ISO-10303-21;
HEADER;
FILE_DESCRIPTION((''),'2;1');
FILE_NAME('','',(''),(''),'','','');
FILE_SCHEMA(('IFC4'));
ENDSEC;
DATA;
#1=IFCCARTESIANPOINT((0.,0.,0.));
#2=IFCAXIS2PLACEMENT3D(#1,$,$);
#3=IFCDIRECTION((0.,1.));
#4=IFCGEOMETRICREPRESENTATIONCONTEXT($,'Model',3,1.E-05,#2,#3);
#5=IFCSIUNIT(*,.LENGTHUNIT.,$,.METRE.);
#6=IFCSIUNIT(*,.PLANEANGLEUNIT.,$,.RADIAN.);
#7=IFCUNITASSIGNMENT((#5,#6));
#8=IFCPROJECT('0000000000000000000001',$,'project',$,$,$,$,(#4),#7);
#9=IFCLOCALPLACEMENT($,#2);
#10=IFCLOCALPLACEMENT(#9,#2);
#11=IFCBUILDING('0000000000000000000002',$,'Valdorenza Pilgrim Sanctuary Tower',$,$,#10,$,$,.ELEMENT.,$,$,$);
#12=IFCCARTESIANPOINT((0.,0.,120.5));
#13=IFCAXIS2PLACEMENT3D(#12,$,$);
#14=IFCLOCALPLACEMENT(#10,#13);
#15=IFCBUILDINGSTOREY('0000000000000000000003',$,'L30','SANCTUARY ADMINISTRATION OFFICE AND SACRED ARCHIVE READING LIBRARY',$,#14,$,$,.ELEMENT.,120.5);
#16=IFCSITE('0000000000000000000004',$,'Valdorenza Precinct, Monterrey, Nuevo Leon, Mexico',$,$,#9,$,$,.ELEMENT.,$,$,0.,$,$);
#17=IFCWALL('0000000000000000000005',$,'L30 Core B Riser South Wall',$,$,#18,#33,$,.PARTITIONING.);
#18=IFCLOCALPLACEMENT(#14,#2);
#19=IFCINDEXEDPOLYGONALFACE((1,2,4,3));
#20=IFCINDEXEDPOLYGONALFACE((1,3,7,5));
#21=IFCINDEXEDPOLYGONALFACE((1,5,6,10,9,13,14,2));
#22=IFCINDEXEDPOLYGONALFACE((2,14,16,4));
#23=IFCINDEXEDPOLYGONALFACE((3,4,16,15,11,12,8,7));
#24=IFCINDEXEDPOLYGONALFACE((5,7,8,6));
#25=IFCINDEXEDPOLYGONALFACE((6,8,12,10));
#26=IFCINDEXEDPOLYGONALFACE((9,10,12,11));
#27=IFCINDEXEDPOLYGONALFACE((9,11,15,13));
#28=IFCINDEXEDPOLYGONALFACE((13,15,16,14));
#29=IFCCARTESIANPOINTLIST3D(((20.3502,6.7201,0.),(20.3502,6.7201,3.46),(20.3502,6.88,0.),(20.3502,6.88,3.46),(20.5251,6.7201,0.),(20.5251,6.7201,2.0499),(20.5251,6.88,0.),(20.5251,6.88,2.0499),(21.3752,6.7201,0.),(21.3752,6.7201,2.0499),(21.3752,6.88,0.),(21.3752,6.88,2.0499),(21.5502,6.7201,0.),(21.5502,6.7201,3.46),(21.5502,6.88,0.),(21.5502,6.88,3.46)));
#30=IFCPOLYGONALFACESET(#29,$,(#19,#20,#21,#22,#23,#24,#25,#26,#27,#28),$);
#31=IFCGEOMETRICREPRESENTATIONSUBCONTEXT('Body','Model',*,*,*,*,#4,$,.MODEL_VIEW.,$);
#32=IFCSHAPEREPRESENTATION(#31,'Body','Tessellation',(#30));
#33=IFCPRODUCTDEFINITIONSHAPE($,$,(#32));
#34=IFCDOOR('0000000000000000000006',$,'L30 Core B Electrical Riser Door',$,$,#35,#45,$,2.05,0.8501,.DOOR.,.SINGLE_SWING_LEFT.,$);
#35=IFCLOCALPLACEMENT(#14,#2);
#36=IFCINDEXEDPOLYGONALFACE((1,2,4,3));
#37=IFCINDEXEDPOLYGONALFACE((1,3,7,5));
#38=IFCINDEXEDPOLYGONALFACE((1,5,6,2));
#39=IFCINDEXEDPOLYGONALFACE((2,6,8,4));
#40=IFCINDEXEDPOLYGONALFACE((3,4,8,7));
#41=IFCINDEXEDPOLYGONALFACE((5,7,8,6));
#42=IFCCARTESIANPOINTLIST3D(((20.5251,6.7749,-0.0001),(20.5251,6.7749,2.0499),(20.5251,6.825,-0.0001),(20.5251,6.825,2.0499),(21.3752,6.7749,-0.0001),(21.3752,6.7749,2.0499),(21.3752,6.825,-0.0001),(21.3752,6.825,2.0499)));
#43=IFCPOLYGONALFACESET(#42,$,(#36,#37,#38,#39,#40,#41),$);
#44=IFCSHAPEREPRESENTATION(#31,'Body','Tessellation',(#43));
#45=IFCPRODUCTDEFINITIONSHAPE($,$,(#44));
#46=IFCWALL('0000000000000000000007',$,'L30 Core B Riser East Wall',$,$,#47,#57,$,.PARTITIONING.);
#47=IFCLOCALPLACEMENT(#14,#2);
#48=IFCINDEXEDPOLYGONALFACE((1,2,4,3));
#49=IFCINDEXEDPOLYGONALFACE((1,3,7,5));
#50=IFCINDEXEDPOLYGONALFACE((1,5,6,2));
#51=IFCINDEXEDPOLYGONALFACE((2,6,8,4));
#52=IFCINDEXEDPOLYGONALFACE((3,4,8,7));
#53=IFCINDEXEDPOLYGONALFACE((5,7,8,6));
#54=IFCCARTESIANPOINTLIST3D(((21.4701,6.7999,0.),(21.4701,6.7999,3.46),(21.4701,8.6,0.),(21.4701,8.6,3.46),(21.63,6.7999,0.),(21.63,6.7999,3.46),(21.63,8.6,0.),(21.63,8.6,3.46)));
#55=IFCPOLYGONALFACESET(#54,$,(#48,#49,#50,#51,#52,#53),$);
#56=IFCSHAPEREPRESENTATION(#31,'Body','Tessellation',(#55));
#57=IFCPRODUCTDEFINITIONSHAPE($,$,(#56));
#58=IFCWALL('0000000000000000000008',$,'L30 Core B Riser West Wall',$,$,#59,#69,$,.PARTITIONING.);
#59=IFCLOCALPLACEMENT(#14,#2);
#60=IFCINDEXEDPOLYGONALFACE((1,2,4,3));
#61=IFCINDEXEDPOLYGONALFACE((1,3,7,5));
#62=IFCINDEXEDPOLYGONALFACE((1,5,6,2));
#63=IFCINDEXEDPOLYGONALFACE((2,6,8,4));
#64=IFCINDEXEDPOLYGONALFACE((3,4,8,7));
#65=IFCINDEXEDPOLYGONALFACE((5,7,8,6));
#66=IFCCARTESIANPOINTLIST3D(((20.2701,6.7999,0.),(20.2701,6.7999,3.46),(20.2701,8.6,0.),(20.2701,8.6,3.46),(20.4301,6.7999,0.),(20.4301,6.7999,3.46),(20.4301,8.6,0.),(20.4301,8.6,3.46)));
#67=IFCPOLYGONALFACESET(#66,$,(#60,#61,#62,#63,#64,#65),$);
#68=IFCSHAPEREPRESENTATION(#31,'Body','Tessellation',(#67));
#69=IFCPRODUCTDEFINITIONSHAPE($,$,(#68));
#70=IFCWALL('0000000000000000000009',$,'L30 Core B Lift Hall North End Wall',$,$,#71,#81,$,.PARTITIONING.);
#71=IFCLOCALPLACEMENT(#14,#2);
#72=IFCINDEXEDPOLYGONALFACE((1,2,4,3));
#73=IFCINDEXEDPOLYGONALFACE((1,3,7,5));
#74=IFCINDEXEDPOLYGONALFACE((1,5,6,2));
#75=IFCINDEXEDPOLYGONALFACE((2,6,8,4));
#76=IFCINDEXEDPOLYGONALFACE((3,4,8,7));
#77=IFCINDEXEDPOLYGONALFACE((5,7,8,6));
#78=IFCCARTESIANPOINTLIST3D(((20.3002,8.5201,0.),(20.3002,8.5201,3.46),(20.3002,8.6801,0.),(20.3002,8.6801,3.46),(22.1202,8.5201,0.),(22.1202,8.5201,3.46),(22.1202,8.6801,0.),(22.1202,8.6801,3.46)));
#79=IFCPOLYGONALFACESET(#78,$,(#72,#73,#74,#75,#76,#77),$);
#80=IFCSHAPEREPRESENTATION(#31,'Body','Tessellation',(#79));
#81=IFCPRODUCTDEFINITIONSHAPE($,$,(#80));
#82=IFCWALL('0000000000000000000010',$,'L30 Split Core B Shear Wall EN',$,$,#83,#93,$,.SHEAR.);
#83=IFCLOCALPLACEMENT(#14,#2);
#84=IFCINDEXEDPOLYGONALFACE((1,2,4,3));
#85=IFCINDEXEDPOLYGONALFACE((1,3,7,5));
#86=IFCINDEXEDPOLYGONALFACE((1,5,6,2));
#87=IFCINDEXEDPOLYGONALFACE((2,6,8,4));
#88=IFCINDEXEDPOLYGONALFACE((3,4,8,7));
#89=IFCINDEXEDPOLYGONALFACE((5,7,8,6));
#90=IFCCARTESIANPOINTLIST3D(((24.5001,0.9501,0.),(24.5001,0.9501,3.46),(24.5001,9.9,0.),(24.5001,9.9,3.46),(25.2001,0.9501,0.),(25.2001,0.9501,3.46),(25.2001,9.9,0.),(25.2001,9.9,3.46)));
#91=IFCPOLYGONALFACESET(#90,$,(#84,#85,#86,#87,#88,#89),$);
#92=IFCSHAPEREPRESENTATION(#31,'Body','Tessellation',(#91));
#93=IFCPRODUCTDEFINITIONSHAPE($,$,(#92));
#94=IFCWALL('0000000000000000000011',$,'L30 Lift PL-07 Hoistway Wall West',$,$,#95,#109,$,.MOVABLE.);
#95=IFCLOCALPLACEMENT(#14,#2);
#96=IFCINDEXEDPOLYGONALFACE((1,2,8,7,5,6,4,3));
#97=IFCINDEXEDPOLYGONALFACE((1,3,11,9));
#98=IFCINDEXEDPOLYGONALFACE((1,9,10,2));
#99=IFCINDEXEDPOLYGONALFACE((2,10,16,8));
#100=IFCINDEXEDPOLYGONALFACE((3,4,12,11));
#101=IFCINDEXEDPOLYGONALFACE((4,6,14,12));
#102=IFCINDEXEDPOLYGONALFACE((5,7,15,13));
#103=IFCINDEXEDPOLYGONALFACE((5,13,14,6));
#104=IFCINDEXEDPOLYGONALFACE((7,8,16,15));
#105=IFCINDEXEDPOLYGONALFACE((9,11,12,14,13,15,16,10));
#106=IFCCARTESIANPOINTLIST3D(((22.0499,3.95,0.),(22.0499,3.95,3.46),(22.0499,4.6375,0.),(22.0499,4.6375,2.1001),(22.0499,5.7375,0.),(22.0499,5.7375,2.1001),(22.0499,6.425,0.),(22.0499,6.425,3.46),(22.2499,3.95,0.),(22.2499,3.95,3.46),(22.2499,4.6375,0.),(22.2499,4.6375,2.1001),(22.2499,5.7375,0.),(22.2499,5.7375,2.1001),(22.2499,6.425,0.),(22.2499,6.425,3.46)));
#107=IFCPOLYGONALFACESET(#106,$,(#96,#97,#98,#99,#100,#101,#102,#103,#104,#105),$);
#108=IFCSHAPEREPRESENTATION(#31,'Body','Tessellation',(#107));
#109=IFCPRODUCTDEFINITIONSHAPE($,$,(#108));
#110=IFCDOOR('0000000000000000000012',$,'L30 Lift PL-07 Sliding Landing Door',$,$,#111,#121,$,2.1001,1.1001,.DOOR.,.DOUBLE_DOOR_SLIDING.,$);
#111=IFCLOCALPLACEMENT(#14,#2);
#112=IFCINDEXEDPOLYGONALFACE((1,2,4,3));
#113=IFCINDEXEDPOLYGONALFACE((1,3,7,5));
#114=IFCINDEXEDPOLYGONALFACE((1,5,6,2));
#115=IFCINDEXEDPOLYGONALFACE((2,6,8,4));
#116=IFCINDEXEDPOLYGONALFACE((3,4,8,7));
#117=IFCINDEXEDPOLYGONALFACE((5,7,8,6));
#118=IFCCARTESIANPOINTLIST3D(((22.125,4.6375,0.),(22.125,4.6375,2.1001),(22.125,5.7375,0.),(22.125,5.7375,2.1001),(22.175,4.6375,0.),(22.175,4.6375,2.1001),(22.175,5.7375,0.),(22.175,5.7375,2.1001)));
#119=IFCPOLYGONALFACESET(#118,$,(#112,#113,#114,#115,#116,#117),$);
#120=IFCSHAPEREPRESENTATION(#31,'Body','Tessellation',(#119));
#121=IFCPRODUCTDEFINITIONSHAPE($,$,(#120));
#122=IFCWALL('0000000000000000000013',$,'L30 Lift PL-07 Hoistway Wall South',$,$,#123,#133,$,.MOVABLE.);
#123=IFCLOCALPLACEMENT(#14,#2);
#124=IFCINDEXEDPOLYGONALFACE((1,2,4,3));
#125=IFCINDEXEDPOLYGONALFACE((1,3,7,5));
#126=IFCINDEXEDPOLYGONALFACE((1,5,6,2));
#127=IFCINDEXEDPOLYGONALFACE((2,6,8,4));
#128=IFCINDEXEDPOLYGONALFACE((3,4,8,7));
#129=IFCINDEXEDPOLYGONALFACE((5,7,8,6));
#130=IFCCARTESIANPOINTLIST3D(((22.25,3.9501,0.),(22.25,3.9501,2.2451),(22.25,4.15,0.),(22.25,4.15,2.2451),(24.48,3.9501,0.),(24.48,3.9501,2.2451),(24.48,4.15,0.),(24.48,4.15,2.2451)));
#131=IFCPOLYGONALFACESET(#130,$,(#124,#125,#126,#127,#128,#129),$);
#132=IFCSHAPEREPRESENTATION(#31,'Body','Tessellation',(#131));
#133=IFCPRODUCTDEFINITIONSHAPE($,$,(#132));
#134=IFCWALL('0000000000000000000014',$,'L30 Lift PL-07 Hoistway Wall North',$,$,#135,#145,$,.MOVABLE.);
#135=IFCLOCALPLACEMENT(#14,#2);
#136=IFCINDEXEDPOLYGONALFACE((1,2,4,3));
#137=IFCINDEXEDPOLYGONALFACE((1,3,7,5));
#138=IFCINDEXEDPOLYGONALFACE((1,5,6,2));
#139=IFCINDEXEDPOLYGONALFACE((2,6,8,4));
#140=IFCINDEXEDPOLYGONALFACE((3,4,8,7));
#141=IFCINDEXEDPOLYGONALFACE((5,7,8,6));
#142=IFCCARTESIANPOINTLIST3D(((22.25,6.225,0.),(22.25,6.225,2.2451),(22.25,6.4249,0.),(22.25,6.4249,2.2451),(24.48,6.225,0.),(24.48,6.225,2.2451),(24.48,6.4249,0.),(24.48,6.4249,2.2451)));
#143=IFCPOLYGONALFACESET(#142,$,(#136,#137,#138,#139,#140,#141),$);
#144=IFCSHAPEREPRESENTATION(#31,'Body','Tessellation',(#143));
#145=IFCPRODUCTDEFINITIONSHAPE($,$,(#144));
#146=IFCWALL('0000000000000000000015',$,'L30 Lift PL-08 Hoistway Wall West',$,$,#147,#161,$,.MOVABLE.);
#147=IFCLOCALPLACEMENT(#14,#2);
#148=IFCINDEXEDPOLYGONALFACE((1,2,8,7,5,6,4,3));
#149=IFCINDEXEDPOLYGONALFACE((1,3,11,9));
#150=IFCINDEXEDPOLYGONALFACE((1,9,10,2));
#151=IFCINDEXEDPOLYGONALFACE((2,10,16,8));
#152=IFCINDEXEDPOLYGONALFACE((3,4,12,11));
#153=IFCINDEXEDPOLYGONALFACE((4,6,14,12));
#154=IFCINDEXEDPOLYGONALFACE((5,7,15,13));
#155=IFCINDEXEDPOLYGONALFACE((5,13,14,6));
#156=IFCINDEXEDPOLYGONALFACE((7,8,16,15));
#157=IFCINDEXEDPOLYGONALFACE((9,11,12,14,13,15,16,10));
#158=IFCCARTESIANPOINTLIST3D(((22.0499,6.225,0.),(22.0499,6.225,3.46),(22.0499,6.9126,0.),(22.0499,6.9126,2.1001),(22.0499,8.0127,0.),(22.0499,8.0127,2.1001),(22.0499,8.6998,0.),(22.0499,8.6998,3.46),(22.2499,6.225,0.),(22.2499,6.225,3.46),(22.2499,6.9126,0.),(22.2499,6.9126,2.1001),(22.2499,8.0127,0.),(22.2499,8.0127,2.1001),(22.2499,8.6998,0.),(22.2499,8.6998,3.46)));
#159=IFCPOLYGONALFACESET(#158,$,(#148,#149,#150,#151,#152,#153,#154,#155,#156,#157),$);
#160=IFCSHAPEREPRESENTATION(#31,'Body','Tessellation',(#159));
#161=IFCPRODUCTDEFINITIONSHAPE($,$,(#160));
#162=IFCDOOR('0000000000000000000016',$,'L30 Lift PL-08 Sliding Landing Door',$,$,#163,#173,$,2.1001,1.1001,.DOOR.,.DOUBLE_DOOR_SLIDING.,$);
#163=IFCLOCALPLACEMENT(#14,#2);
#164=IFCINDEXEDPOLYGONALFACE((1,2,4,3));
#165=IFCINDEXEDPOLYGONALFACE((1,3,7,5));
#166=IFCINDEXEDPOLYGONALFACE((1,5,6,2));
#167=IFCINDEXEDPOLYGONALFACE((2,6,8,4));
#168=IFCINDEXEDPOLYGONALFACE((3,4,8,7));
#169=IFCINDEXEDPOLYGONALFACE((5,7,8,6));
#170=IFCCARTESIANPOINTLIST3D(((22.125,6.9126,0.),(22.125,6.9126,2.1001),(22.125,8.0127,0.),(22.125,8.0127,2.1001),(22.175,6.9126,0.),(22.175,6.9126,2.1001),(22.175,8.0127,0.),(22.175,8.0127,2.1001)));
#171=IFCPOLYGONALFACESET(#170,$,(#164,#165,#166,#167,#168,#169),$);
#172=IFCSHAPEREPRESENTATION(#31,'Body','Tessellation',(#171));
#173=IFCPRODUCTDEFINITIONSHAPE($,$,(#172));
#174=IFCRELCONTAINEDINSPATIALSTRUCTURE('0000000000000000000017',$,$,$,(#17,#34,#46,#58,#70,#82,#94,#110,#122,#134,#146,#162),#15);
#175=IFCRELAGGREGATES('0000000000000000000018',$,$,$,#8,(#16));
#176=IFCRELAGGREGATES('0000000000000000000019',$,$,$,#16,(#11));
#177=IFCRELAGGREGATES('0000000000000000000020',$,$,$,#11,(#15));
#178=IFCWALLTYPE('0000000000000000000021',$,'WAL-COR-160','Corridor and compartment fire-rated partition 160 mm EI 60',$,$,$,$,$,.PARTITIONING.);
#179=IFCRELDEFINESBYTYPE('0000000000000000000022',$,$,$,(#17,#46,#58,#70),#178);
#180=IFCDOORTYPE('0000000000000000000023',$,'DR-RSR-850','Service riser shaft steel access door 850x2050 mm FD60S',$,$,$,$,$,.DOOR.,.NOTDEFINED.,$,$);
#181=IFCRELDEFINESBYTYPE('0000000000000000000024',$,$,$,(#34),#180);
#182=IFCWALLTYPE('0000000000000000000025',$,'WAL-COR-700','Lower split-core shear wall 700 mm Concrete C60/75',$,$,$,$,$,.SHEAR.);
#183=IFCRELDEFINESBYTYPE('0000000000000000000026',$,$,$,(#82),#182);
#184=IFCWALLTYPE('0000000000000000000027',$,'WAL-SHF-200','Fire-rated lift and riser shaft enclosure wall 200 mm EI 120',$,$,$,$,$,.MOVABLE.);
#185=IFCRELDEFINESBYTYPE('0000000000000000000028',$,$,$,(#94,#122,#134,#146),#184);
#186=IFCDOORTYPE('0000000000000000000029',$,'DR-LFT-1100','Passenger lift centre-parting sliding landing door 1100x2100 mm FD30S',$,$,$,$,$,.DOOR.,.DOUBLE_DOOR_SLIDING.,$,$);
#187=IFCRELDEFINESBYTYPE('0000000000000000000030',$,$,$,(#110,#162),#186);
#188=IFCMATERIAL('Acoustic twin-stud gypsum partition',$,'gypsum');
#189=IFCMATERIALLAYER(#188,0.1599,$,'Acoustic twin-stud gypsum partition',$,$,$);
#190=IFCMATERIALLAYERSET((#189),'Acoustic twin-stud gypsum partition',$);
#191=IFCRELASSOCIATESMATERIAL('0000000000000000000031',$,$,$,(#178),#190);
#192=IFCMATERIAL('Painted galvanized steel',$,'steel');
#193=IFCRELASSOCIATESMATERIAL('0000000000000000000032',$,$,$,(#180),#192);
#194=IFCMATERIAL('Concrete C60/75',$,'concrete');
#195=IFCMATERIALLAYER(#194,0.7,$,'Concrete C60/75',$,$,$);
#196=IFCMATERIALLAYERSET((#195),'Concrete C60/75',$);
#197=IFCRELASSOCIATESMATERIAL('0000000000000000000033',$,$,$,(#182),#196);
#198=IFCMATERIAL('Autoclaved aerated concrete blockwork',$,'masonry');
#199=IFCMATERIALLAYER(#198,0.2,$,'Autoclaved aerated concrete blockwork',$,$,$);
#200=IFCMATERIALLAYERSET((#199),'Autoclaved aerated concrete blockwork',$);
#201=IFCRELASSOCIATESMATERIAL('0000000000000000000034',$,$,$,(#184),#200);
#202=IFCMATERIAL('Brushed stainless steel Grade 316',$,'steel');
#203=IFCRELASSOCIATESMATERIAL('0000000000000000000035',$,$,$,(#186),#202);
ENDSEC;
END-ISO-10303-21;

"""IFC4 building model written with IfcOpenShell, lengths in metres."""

from ifc_helpers import new_model, si_unit, direction, frame, frame_2d, origin, place, context, subcontext, project, spatial, rectangle, extrude, material, layer, layer_set, type_object, element, fill, save


model = new_model("IFC4")

# Units and contexts
model_context = context("Model", 3, precision=1e-05, world=origin(), true_north=direction((0.0, 1.0)))
body_context = subcontext(model_context, "Body", "Model", "MODEL_VIEW")
ifc_project = project(units=[si_unit("LENGTHUNIT", "METRE"), si_unit("PLANEANGLEUNIT", "RADIAN")], contexts=[model_context])

# Site, building, storey
site_placement = place(None, origin())
site = spatial("IfcSite", under=ifc_project, at=site_placement, Name="Valdorenza Precinct, Monterrey, Nuevo Leon, Mexico", CompositionType="ELEMENT", RefElevation=0.0)
building_placement = place(site_placement, origin())
building = spatial("IfcBuilding", under=site, at=building_placement, Name="Valdorenza Pilgrim Sanctuary Tower", CompositionType="ELEMENT")
storey_placement = place(building_placement, frame((0.0, 0.0, 120.5)))
storey = spatial("IfcBuildingStorey", under=building, at=storey_placement, Name="L30", Description="SANCTUARY ADMINISTRATION OFFICE AND SACRED ARCHIVE READING LIBRARY", CompositionType="ELEMENT", Elevation=120.5)

# Wall, opening, door
ifc_material_1 = material(Name="Acoustic twin-stud gypsum partition", Category="gypsum")
ifc_layer_1 = layer(ifc_material_1, 0.1599, Name="Acoustic twin-stud gypsum partition")
ifc_layer_set_1 = layer_set([ifc_layer_1], Name="Acoustic twin-stud gypsum partition")
wall_type_1 = type_object("IfcWallType", Name="WAL-COR-160", Description="Corridor and compartment fire-rated partition 160 mm EI 60", PredefinedType="PARTITIONING", material=ifc_layer_set_1)
wall_1_placement = place(storey_placement, frame((20.3501, 6.8, 0.0), z_axis=(0.0, 0.0, 1.0), x_axis=(1.0, 0.0, 0.0)))
wall_1 = element("IfcWall", 1, at=wall_1_placement, inside=storey, type_object=wall_type_1, Name="L30 Core B Riser South Wall", PredefinedType="PARTITIONING", context=body_context, shape_type="SweptSolid", body=[
    extrude(rectangle(XDim=1.2, YDim=0.1599, at=frame_2d((0.6001, 0.0))), origin(), (0.0, 0.0, 1.0), 3.46),
])
opening_1_placement = place(wall_1_placement, frame((0.175, 0.0, 0.0)))
opening_1 = element("IfcOpeningElement", 2, at=opening_1_placement, cuts=wall_1, PredefinedType="OPENING", context=body_context, shape_type="SweptSolid", body=[
    extrude(rectangle(XDim=0.8501, YDim=2.05, at=frame_2d((0.425, 1.0249))), frame((0.0, 0.0947, 0.0), z_axis=(0.0, -1.0, 0.0), x_axis=(1.0, 0.0, 0.0)), (0.0, 0.0, 1.0), 0.1897),
])
ifc_material_2 = material(Name="Painted galvanized steel", Category="steel")
door_type_1 = type_object("IfcDoorType", Name="DR-RSR-850", Description="Service riser shaft steel access door 850x2050 mm FD60S", OperationType="NOTDEFINED", PredefinedType="DOOR", material=ifc_material_2)
door_1_placement = place(opening_1_placement, origin())
door_1 = element("IfcDoor", 3, at=door_1_placement, inside=storey, type_object=door_type_1, Name="L30 Core B Electrical Riser Door", OperationType="SINGLE_SWING_LEFT", OverallHeight=2.05, OverallWidth=0.8501, PredefinedType="DOOR", context=body_context, shape_type="SweptSolid", body=[
    extrude(rectangle(XDim=0.8501, YDim=2.05, at=frame_2d((0.425, 1.0249))), frame((0.0, 0.0249, 0.0), z_axis=(0.0, -1.0, 0.0), x_axis=(1.0, 0.0, 0.0)), (0.0, 0.0, 1.0), 0.05),
])
fill(opening_1, door_1)

# Walls
for number, where, z_axis, x_axis, name in (
    (4, (21.55, 6.8, 0.0), (0.0, 0.0, 1.0), (0.0, 1.0, 0.0), "L30 Core B Riser East Wall"),
    (5, (20.3501, 6.8, 0.0), (0.0, 0.0, 1.0), (0.0, 1.0, 0.0), "L30 Core B Riser West Wall"),
):
    element("IfcWall", number, at=place(storey_placement, frame(where, z_axis=z_axis, x_axis=x_axis)), inside=storey, type_object=wall_type_1, Name=name, PredefinedType="PARTITIONING", context=body_context, shape_type="SweptSolid", body=[
        extrude(rectangle(XDim=1.8, YDim=0.1599, at=frame_2d((0.8999, 0.0))), origin(), (0.0, 0.0, 1.0), 3.46),
    ])
wall_2_placement = place(storey_placement, frame((20.3, 8.6001, 0.0), z_axis=(0.0, 0.0, 1.0), x_axis=(1.0, 0.0, 0.0)))
element("IfcWall", 6, at=wall_2_placement, inside=storey, type_object=wall_type_1, Name="L30 Core B Lift Hall North End Wall", PredefinedType="PARTITIONING", context=body_context, shape_type="SweptSolid", body=[
    extrude(rectangle(XDim=1.8201, YDim=0.1599, at=frame_2d((0.9102, 0.0))), origin(), (0.0, 0.0, 1.0), 3.46),
])
ifc_material_3 = material(Name="Concrete C60/75", Category="concrete")
ifc_layer_2 = layer(ifc_material_3, 0.7, Name="Concrete C60/75")
ifc_layer_set_2 = layer_set([ifc_layer_2], Name="Concrete C60/75")
wall_type_2 = type_object("IfcWallType", Name="WAL-COR-700", Description="Lower split-core shear wall 700 mm Concrete C60/75", PredefinedType="SHEAR", material=ifc_layer_set_2)
wall_3_placement = place(storey_placement, frame((24.8501, 0.95, 0.0), z_axis=(0.0, 0.0, 1.0), x_axis=(0.0, 1.0, 0.0)))
element("IfcWall", 7, at=wall_3_placement, inside=storey, type_object=wall_type_2, Name="L30 Split Core B Shear Wall EN", PredefinedType="SHEAR", context=body_context, shape_type="SweptSolid", body=[
    extrude(rectangle(XDim=8.95, YDim=0.7, at=frame_2d((4.4751, 0.0))), origin(), (0.0, 0.0, 1.0), 3.46),
])

# Wall, opening, door
ifc_material_4 = material(Name="Autoclaved aerated concrete blockwork", Category="masonry")
ifc_layer_3 = layer(ifc_material_4, 0.2, Name="Autoclaved aerated concrete blockwork")
ifc_layer_set_3 = layer_set([ifc_layer_3], Name="Autoclaved aerated concrete blockwork")
wall_type_3 = type_object("IfcWallType", Name="WAL-SHF-200", Description="Fire-rated lift and riser shaft enclosure wall 200 mm EI 120", PredefinedType="MOVABLE", material=ifc_layer_set_3)
wall_4_placement = place(storey_placement, frame((22.1499, 3.95, 0.0), z_axis=(0.0, 0.0, 1.0), x_axis=(0.0, 1.0, 0.0)))
wall_4 = element("IfcWall", 8, at=wall_4_placement, inside=storey, type_object=wall_type_3, Name="L30 Lift PL-07 Hoistway Wall West", PredefinedType="MOVABLE", context=body_context, shape_type="SweptSolid", body=[
    extrude(rectangle(XDim=2.4751, YDim=0.2, at=frame_2d((1.2375, 0.0))), origin(), (0.0, 0.0, 1.0), 3.46),
])
opening_2_placement = place(wall_4_placement, frame((0.6875, 0.0, 0.0)))
opening_2 = element("IfcOpeningElement", 9, at=opening_2_placement, cuts=wall_4, PredefinedType="OPENING", context=body_context, shape_type="SweptSolid", body=[
    extrude(rectangle(XDim=1.1001, YDim=2.1001, at=frame_2d((0.55, 1.05))), frame((0.0, 0.1147, 0.0), z_axis=(0.0, -1.0, 0.0), x_axis=(1.0, 0.0, 0.0)), (0.0, 0.0, 1.0), 0.2297),
])
ifc_material_5 = material(Name="Brushed stainless steel Grade 316", Category="steel")
door_type_2 = type_object("IfcDoorType", Name="DR-LFT-1100", Description="Passenger lift centre-parting sliding landing door 1100x2100 mm FD30S", OperationType="DOUBLE_DOOR_SLIDING", PredefinedType="DOOR", material=ifc_material_5)
door_2_placement = place(opening_2_placement, origin())
door_2 = element("IfcDoor", 10, at=door_2_placement, inside=storey, type_object=door_type_2, Name="L30 Lift PL-07 Sliding Landing Door", OperationType="DOUBLE_DOOR_SLIDING", OverallHeight=2.1001, OverallWidth=1.1001, PredefinedType="DOOR", context=body_context, shape_type="SweptSolid", body=[
    extrude(rectangle(XDim=1.1001, YDim=2.1001, at=frame_2d((0.55, 1.05))), frame((0.0, 0.0249, 0.0), z_axis=(0.0, -1.0, 0.0), x_axis=(1.0, 0.0, 0.0)), (0.0, 0.0, 1.0), 0.05),
])
fill(opening_2, door_2)

# Walls
for number, where, z_axis, x_axis, name in (
    (11, (22.25, 4.05, 0.0), (0.0, 0.0, 1.0), (1.0, 0.0, 0.0), "L30 Lift PL-07 Hoistway Wall South"),
    (12, (22.25, 6.325, 0.0), (0.0, 0.0, 1.0), (1.0, 0.0, 0.0), "L30 Lift PL-07 Hoistway Wall North"),
):
    element("IfcWall", number, at=place(storey_placement, frame(where, z_axis=z_axis, x_axis=x_axis)), inside=storey, type_object=wall_type_3, Name=name, PredefinedType="MOVABLE", context=body_context, shape_type="SweptSolid", body=[
        extrude(rectangle(XDim=2.23, YDim=0.2, at=frame_2d((1.115, 0.0))), origin(), (0.0, 0.0, 1.0), 2.2451),
    ])

# Wall, opening, door
wall_5_placement = place(storey_placement, frame((22.1499, 6.2251, 0.0), z_axis=(0.0, 0.0, 1.0), x_axis=(0.0, 1.0, 0.0)))
wall_5 = element("IfcWall", 13, at=wall_5_placement, inside=storey, type_object=wall_type_3, Name="L30 Lift PL-08 Hoistway Wall West", PredefinedType="MOVABLE", context=body_context, shape_type="SweptSolid", body=[
    extrude(rectangle(XDim=2.4749, YDim=0.2, at=frame_2d((1.2373, 0.0))), origin(), (0.0, 0.0, 1.0), 3.46),
])
opening_3_placement = place(wall_5_placement, frame((0.6875, 0.0, 0.0)))
opening_3 = element("IfcOpeningElement", 14, at=opening_3_placement, cuts=wall_5, PredefinedType="OPENING", context=body_context, shape_type="SweptSolid", body=[
    extrude(rectangle(XDim=1.1001, YDim=2.1001, at=frame_2d((0.55, 1.05))), frame((0.0, 0.1147, 0.0), z_axis=(0.0, -1.0, 0.0), x_axis=(1.0, 0.0, 0.0)), (0.0, 0.0, 1.0), 0.2297),
])
door_3_placement = place(opening_3_placement, origin())
door_3 = element("IfcDoor", 15, at=door_3_placement, inside=storey, type_object=door_type_2, Name="L30 Lift PL-08 Sliding Landing Door", OperationType="DOUBLE_DOOR_SLIDING", OverallHeight=2.1001, OverallWidth=1.1001, PredefinedType="DOOR", context=body_context, shape_type="SweptSolid", body=[
    extrude(rectangle(XDim=1.1001, YDim=2.1001, at=frame_2d((0.55, 1.05))), frame((0.0, 0.0249, 0.0), z_axis=(0.0, -1.0, 0.0), x_axis=(1.0, 0.0, 0.0)), (0.0, 0.0, 1.0), 0.05),
])
fill(opening_3, door_3)

save(model, "model.ifc")
